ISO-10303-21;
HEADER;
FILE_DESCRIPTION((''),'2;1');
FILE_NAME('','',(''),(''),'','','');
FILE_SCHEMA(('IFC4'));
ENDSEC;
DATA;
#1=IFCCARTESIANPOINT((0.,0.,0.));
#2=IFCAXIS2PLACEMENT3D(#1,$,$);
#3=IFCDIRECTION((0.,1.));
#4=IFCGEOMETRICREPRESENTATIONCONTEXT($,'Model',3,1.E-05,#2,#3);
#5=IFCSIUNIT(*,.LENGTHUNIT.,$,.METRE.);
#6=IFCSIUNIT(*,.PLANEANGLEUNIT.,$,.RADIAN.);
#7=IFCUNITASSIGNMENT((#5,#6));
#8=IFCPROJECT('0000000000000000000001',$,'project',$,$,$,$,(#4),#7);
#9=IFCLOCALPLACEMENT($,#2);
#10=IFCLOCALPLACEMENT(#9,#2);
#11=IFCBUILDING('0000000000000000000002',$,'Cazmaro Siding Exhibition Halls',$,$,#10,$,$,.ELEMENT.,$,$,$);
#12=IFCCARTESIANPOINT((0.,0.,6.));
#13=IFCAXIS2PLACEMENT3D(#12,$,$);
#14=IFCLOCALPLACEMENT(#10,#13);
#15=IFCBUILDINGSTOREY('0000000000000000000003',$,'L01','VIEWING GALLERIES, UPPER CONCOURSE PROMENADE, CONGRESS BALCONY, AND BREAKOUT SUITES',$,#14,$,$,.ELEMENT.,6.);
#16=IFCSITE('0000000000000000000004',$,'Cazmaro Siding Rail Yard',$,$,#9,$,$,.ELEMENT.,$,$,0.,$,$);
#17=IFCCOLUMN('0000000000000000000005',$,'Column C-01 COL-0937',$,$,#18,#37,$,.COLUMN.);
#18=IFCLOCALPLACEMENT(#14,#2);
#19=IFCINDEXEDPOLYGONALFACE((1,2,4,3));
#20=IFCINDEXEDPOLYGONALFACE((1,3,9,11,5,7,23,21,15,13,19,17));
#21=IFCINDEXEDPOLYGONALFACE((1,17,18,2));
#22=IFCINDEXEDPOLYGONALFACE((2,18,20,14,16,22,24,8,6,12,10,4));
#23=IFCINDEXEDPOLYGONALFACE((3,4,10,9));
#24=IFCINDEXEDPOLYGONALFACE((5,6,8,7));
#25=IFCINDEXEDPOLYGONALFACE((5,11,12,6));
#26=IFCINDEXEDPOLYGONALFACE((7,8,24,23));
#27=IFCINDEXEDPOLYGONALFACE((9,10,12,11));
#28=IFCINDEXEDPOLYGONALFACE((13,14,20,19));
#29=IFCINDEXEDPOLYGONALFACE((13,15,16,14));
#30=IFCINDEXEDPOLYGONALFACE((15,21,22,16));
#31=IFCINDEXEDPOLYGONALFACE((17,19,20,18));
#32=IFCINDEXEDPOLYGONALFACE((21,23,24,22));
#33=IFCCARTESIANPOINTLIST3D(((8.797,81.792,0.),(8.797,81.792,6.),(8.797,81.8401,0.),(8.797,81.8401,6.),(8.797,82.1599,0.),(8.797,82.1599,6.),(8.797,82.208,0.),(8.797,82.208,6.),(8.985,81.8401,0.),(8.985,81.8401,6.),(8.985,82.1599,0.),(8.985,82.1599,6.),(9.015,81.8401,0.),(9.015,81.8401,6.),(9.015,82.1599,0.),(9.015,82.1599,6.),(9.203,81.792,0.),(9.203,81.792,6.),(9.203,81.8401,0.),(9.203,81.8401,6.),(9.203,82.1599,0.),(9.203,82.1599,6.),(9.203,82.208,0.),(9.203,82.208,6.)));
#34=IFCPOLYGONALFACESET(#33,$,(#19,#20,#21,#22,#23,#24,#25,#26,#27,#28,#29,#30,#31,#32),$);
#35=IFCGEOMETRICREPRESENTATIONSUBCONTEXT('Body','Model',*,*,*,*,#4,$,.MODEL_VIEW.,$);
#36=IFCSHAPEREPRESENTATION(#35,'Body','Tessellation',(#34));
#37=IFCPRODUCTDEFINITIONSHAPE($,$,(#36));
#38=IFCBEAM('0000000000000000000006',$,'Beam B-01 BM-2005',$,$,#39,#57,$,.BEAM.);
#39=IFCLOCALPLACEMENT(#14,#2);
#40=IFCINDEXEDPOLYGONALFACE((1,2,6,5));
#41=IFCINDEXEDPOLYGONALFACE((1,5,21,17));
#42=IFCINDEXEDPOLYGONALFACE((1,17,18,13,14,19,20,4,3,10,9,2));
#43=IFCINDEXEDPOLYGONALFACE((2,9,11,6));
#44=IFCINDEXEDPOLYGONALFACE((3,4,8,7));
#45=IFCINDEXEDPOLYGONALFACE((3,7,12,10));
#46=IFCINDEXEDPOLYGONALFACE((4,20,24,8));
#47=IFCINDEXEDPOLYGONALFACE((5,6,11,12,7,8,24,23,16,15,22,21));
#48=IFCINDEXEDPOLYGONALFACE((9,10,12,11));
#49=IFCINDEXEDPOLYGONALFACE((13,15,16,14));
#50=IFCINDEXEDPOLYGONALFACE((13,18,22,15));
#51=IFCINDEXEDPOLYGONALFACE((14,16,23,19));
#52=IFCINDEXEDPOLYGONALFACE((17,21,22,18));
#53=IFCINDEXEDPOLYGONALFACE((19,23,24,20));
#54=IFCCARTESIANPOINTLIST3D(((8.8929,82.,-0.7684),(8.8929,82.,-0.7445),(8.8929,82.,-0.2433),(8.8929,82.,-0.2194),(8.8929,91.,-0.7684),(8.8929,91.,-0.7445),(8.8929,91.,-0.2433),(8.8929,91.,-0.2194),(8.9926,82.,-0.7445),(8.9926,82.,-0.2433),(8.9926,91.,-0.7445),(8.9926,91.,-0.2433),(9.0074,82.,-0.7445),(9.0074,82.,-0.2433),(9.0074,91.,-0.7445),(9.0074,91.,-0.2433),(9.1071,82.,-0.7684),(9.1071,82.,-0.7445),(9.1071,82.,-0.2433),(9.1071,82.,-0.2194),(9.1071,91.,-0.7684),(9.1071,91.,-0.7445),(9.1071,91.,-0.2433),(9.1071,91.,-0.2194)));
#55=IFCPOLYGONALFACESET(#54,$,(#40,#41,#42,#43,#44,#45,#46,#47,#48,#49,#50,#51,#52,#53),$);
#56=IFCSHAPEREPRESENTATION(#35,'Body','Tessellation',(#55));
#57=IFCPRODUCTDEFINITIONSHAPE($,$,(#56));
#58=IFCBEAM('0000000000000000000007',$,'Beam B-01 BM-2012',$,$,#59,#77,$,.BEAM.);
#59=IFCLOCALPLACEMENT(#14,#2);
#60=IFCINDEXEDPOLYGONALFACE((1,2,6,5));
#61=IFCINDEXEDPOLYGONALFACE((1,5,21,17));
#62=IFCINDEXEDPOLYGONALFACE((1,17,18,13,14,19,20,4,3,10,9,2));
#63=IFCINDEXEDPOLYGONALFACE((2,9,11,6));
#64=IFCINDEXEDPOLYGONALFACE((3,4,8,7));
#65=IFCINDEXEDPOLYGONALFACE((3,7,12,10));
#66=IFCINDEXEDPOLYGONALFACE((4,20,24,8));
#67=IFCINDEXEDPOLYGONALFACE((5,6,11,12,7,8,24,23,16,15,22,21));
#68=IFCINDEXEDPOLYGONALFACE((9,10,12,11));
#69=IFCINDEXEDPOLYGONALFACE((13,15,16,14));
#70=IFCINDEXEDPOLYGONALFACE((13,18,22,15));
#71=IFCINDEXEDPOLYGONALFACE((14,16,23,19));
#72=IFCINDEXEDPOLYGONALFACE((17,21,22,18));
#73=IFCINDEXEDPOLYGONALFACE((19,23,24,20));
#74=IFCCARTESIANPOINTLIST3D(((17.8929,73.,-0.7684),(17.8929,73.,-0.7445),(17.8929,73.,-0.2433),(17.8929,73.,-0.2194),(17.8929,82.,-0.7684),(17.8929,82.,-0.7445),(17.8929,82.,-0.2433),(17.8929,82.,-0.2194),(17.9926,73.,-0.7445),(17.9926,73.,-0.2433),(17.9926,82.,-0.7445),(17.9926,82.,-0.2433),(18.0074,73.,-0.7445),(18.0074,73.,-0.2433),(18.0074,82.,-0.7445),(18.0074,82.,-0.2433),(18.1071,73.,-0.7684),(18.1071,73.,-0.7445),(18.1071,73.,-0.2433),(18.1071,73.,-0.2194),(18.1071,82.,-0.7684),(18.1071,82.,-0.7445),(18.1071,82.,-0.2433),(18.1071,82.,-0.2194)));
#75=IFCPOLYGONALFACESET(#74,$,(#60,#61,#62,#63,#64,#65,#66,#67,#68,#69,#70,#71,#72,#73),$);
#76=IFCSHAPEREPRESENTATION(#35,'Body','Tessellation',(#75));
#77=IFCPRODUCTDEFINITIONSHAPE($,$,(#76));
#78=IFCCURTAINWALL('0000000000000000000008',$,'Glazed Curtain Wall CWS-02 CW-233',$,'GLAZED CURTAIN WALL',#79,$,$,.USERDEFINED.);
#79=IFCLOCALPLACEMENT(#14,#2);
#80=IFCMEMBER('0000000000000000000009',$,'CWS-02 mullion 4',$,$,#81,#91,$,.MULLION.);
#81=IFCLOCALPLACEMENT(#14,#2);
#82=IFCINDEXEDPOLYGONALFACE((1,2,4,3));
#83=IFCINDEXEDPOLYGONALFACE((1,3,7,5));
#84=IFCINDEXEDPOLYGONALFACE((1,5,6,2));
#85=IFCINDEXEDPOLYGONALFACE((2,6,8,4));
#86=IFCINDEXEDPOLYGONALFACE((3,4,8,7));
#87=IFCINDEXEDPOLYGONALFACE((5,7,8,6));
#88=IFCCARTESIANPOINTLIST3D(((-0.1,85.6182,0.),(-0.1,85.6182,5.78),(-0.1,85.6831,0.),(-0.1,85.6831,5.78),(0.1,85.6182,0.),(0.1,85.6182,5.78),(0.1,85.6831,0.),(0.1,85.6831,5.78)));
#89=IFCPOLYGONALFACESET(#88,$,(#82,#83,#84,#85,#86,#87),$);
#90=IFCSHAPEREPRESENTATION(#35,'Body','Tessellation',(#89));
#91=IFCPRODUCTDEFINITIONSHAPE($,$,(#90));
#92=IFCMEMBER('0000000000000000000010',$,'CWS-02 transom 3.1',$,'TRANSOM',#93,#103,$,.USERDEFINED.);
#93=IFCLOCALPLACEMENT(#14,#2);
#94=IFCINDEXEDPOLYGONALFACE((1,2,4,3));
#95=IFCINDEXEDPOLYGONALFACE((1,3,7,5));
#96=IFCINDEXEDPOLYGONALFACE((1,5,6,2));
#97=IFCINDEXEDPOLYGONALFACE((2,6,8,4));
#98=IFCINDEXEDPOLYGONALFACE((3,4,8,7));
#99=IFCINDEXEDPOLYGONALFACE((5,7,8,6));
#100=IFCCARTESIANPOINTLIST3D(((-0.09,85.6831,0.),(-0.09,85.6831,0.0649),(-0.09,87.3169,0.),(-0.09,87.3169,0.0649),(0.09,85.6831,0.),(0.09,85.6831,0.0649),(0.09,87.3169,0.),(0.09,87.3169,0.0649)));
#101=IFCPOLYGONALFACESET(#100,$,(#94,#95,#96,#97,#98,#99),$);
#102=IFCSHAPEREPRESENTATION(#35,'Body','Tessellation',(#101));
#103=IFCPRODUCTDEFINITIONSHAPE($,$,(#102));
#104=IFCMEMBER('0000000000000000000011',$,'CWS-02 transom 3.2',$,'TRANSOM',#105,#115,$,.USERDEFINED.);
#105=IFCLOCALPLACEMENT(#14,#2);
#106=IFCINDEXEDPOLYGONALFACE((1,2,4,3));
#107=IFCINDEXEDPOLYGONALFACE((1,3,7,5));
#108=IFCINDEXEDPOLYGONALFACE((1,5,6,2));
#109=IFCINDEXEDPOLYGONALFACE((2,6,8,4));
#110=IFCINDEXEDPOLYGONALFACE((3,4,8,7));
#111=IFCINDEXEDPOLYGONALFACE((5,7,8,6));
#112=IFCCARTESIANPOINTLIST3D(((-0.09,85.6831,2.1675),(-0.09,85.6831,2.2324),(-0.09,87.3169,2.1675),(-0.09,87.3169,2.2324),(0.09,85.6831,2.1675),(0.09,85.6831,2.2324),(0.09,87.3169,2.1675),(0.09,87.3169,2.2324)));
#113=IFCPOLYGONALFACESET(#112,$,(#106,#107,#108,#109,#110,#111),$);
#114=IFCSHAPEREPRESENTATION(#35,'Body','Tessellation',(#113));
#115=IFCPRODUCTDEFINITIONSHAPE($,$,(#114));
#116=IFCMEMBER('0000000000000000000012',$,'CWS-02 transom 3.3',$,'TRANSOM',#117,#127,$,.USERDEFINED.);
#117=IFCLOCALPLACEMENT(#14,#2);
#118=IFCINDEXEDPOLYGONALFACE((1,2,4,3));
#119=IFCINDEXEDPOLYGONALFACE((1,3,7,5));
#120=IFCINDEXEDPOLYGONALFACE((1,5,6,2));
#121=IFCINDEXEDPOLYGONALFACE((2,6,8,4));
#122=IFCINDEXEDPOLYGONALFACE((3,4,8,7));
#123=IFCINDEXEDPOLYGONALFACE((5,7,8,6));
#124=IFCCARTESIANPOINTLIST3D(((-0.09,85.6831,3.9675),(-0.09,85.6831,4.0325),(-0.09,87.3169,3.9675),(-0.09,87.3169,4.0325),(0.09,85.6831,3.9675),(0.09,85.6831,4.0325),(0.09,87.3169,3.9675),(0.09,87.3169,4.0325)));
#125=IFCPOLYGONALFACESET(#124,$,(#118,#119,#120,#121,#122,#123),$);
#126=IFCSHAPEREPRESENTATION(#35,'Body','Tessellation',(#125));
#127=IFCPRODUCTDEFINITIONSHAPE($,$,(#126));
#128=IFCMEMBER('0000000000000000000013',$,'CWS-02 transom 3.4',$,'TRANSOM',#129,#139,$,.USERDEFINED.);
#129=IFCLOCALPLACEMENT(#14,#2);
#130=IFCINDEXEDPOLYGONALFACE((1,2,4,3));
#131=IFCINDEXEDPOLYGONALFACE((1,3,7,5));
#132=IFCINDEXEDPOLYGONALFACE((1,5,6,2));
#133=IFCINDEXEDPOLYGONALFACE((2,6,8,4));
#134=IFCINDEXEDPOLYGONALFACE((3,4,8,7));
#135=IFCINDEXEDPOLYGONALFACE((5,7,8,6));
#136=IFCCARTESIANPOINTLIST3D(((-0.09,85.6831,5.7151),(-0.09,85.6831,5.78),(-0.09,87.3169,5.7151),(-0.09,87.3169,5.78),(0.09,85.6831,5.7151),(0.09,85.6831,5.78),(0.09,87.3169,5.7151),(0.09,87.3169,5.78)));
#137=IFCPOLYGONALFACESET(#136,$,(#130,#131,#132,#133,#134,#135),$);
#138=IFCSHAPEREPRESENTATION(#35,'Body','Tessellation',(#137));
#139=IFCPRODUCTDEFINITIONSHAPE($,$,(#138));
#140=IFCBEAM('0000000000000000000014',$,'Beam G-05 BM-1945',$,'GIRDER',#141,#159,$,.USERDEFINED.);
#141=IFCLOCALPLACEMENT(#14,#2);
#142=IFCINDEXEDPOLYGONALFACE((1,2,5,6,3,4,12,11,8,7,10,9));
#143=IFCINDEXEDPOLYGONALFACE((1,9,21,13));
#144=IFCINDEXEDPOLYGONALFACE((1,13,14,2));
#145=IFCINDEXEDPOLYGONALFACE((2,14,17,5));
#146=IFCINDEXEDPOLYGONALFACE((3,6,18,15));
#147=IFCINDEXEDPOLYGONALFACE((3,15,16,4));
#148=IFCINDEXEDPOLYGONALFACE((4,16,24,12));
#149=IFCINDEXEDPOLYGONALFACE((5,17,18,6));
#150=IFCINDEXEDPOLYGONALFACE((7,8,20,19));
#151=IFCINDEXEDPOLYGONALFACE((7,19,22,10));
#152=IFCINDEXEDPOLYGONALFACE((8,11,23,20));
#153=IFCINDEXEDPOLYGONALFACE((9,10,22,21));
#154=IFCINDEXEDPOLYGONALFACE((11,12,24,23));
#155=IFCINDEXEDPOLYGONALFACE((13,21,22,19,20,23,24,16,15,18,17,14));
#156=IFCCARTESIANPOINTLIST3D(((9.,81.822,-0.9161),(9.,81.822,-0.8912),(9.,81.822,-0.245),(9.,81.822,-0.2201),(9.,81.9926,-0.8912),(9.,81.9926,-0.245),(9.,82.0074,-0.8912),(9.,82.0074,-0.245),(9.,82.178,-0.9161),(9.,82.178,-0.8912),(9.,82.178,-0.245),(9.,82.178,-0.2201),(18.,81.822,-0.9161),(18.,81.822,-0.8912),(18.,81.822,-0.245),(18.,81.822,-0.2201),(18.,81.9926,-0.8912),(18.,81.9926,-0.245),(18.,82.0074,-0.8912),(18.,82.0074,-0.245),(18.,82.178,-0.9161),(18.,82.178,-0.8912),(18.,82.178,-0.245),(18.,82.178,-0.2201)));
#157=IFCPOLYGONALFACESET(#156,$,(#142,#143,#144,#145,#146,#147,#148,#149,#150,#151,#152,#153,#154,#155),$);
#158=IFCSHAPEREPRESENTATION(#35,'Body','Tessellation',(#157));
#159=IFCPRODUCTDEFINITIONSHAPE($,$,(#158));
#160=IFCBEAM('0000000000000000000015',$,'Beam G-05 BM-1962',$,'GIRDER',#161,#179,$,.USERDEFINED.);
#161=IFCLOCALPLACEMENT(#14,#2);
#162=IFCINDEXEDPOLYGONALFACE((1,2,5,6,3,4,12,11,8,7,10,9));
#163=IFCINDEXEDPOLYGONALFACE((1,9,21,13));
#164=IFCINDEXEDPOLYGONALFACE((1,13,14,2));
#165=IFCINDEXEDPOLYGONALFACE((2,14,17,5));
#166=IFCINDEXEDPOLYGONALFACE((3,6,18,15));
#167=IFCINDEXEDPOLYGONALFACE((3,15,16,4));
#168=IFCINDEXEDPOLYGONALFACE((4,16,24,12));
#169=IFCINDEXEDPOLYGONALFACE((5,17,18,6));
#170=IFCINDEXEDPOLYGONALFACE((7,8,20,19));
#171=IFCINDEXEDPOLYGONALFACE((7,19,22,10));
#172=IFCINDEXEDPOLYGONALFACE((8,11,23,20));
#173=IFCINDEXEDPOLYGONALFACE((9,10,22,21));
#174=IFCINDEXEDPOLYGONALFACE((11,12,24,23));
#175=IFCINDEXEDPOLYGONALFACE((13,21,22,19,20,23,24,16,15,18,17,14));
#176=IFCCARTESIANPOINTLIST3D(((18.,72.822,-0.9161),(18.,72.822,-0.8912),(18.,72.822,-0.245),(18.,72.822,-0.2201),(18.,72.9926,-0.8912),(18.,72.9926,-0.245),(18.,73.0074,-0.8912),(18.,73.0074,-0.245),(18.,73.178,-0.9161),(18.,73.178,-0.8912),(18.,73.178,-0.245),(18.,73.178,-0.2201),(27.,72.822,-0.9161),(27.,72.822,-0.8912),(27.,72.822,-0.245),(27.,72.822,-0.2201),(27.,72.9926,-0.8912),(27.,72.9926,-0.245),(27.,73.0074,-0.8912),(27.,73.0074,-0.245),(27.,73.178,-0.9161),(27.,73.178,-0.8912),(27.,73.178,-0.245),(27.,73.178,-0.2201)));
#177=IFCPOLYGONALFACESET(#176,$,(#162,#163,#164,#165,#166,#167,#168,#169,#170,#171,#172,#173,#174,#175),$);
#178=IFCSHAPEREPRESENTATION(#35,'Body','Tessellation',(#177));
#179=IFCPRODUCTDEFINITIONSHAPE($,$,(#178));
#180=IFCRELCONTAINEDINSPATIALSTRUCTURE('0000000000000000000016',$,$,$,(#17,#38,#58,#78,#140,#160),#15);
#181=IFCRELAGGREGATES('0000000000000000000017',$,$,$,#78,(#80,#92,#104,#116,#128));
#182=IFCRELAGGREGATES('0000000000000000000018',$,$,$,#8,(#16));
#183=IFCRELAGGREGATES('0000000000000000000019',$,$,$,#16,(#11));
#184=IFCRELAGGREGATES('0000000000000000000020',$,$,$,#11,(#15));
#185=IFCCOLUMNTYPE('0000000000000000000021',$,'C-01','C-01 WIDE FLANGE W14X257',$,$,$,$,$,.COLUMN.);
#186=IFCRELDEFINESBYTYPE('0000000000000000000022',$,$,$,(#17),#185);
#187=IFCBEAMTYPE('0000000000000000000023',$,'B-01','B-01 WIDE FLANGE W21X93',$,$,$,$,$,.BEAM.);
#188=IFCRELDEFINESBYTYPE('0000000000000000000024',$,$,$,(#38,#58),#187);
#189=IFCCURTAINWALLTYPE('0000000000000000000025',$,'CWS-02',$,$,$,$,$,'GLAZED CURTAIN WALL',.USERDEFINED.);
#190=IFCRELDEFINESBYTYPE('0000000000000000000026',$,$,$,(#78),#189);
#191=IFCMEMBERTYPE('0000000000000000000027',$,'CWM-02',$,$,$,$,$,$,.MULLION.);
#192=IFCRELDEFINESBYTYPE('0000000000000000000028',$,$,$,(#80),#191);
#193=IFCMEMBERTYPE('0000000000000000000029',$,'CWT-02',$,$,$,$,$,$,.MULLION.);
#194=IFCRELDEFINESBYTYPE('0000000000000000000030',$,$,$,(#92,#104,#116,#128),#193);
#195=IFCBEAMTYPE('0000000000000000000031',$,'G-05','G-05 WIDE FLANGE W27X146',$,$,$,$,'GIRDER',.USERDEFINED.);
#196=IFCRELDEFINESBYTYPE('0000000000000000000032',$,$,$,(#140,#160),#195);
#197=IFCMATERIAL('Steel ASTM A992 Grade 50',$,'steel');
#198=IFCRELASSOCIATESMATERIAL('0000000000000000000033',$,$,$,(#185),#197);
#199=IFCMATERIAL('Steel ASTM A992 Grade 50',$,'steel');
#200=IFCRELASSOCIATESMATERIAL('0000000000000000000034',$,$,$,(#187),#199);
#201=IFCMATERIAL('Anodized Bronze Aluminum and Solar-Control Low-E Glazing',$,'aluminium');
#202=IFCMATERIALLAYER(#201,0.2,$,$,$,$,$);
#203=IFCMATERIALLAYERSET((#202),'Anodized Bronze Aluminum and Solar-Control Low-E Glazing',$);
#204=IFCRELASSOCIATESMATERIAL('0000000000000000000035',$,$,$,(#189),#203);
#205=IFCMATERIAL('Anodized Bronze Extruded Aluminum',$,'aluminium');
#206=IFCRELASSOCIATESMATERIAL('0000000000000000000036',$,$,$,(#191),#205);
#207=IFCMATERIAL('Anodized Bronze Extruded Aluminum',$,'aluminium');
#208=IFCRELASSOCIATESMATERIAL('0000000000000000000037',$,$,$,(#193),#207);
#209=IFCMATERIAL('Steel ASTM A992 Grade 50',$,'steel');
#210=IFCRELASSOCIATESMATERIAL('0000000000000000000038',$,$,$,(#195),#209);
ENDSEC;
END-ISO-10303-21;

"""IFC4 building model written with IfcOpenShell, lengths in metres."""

from ifc_helpers import new_model, si_unit, direction, frame, origin, origin_2d, place, context, subcontext, project, spatial, rectangle, i_section, extrude, material, layer, layer_set, material_profile, profile_set, type_object, element, aggregate, save


model = new_model("IFC4")

# Units and contexts
model_context = context("Model", 3, precision=1e-05, world=origin(), true_north=direction((0.0, 1.0)))
body_context = subcontext(model_context, "Body", "Model", "MODEL_VIEW")
ifc_project = project(units=[si_unit("LENGTHUNIT", "METRE"), si_unit("PLANEANGLEUNIT", "RADIAN")], contexts=[model_context])

# Site, building, storey
site_placement = place(None, origin())
site = spatial("IfcSite", under=ifc_project, at=site_placement, Name="Cazmaro Siding Rail Yard", CompositionType="ELEMENT", RefElevation=0.0)
building_placement = place(site_placement, origin())
building = spatial("IfcBuilding", under=site, at=building_placement, Name="Cazmaro Siding Exhibition Halls", CompositionType="ELEMENT")
storey_placement = place(building_placement, frame((0.0, 0.0, 6.0)))
storey = spatial("IfcBuildingStorey", under=building, at=storey_placement, Name="L01", Description="VIEWING GALLERIES, UPPER CONCOURSE PROMENADE, CONGRESS BALCONY, AND BREAKOUT SUITES", CompositionType="ELEMENT", Elevation=6.0)

# Column
ifc_material_1 = material(Name="Steel ASTM A992 Grade 50", Category="steel")
ifc_material_profile_1 = material_profile(ifc_material_1, i_section(OverallWidth=0.406, OverallDepth=0.416, WebThickness=0.03, FlangeThickness=0.0481, at=origin_2d()), Name="W14X257")
ifc_profile_set_1 = profile_set([ifc_material_profile_1], Name="Steel ASTM A992 Grade 50")
column_type = type_object("IfcColumnType", Name="C-01", Description="C-01 WIDE FLANGE W14X257", PredefinedType="COLUMN", material=ifc_profile_set_1)
column_placement = place(storey_placement, frame((9.0, 82.0, 0.0), z_axis=(0.0, 0.0, 1.0), x_axis=(1.0, 0.0, 0.0)))
element("IfcColumn", 1, at=column_placement, inside=storey, type_object=column_type, Name="Column C-01 COL-0937", PredefinedType="COLUMN", context=body_context, shape_type="SweptSolid", body=[
    extrude(i_section(OverallWidth=0.406, OverallDepth=0.416, WebThickness=0.03, FlangeThickness=0.0481, at=origin_2d()), origin(), (0.0, 0.0, 1.0), 6.0),
])

# Beams
ifc_material_2 = material(Name="Steel ASTM A992 Grade 50", Category="steel")
ifc_material_profile_2 = material_profile(ifc_material_2, i_section(OverallWidth=0.2141, OverallDepth=0.5491, WebThickness=0.0149, FlangeThickness=0.0239, at=origin_2d()), Name="W21X93")
ifc_profile_set_2 = profile_set([ifc_material_profile_2], Name="Steel ASTM A992 Grade 50")
beam_type_1 = type_object("IfcBeamType", Name="B-01", Description="B-01 WIDE FLANGE W21X93", PredefinedType="BEAM", material=ifc_profile_set_2)
for number, where, z_axis, x_axis, name in (
    (2, (9.0, 82.0, -0.4939), (0.0, 1.0, 0.0), (-1.0, 0.0, 0.0), "Beam B-01 BM-2005"),
    (3, (18.0, 73.0, -0.4939), (0.0, 1.0, 0.0), (-1.0, 0.0, 0.0), "Beam B-01 BM-2012"),
):
    element("IfcBeam", number, at=place(storey_placement, frame(where, z_axis=z_axis, x_axis=x_axis)), inside=storey, type_object=beam_type_1, Name=name, PredefinedType="BEAM", context=body_context, shape_type="SweptSolid", body=[
        extrude(i_section(OverallWidth=0.2141, OverallDepth=0.5491, WebThickness=0.0149, FlangeThickness=0.0239, at=origin_2d()), origin(), (0.0, 0.0, 1.0), 9.0),
    ])

# Curtain wall, members
ifc_material_3 = material(Name="Anodized Bronze Aluminum and Solar-Control Low-E Glazing", Category="aluminium")
ifc_layer_1 = layer(ifc_material_3, 0.2)
ifc_layer_set_1 = layer_set([ifc_layer_1], Name="Anodized Bronze Aluminum and Solar-Control Low-E Glazing")
curtain_wall_type = type_object("IfcCurtainWallType", Name="CWS-02", ElementType="GLAZED CURTAIN WALL", PredefinedType="USERDEFINED", material=ifc_layer_set_1)
curtain_wall_placement = place(storey_placement, origin())
curtain_wall = element("IfcCurtainWall", 4, at=curtain_wall_placement, inside=storey, type_object=curtain_wall_type, Name="Glazed Curtain Wall CWS-02 CW-233", ObjectType="GLAZED CURTAIN WALL", PredefinedType="USERDEFINED")
ifc_material_4 = material(Name="Anodized Bronze Extruded Aluminum", Category="aluminium")
ifc_material_profile_3 = material_profile(ifc_material_4, rectangle(XDim=0.2, YDim=0.0649, at=origin_2d()), Name="CWM-02")
ifc_profile_set_3 = profile_set([ifc_material_profile_3], Name="Anodized Bronze Extruded Aluminum")
member_type_1 = type_object("IfcMemberType", Name="CWM-02", PredefinedType="MULLION", material=ifc_profile_set_3)
member_1_placement = place(storey_placement, frame((0.0, 85.6506, 0.0), z_axis=(0.0, 0.0, 1.0), x_axis=(1.0, 0.0, 0.0)))
member_1 = element("IfcMember", 5, at=member_1_placement, type_object=member_type_1, Name="CWS-02 mullion 4", PredefinedType="MULLION", context=body_context, shape_type="SweptSolid", body=[
    extrude(rectangle(XDim=0.2, YDim=0.0649, at=origin_2d()), origin(), (0.0, 0.0, 1.0), 5.78),
])
ifc_material_5 = material(Name="Anodized Bronze Extruded Aluminum", Category="aluminium")
ifc_material_profile_4 = material_profile(ifc_material_5, rectangle(XDim=0.1799, YDim=0.0649, at=origin_2d()), Name="CWT-02")
ifc_profile_set_4 = profile_set([ifc_material_profile_4], Name="Anodized Bronze Extruded Aluminum")
member_type_2 = type_object("IfcMemberType", Name="CWT-02", PredefinedType="MULLION", material=ifc_profile_set_4)
member_2_placement = place(storey_placement, frame((0.0, 87.3169, 0.0325), z_axis=(0.0, -1.0, 0.0), x_axis=(1.0, 0.0, 0.0)))
member_2 = element("IfcMember", 6, at=member_2_placement, type_object=member_type_2, Name="CWS-02 transom 3.1", ObjectType="TRANSOM", PredefinedType="USERDEFINED", context=body_context, shape_type="SweptSolid", body=[
    extrude(rectangle(XDim=0.1799, YDim=0.0649, at=origin_2d()), origin(), (0.0, 0.0, 1.0), 1.6338),
])
member_3_placement = place(storey_placement, frame((0.0, 87.3169, 2.2), z_axis=(0.0, -1.0, 0.0), x_axis=(1.0, 0.0, 0.0)))
member_3 = element("IfcMember", 7, at=member_3_placement, type_object=member_type_2, Name="CWS-02 transom 3.2", ObjectType="TRANSOM", PredefinedType="USERDEFINED", context=body_context, shape_type="SweptSolid", body=[
    extrude(rectangle(XDim=0.1799, YDim=0.0649, at=origin_2d()), origin(), (0.0, 0.0, 1.0), 1.6338),
])
member_4_placement = place(storey_placement, frame((0.0, 87.3169, 4.0), z_axis=(0.0, -1.0, 0.0), x_axis=(1.0, 0.0, 0.0)))
member_4 = element("IfcMember", 8, at=member_4_placement, type_object=member_type_2, Name="CWS-02 transom 3.3", ObjectType="TRANSOM", PredefinedType="USERDEFINED", context=body_context, shape_type="SweptSolid", body=[
    extrude(rectangle(XDim=0.1799, YDim=0.0649, at=origin_2d()), origin(), (0.0, 0.0, 1.0), 1.6338),
])
member_5_placement = place(storey_placement, frame((0.0, 87.3169, 5.7476), z_axis=(0.0, -1.0, 0.0), x_axis=(1.0, 0.0, 0.0)))
member_5 = element("IfcMember", 9, at=member_5_placement, type_object=member_type_2, Name="CWS-02 transom 3.4", ObjectType="TRANSOM", PredefinedType="USERDEFINED", context=body_context, shape_type="SweptSolid", body=[
    extrude(rectangle(XDim=0.1799, YDim=0.0649, at=origin_2d()), origin(), (0.0, 0.0, 1.0), 1.6338),
])

# Beams
ifc_material_6 = material(Name="Steel ASTM A992 Grade 50", Category="steel")
ifc_material_profile_5 = material_profile(ifc_material_6, i_section(OverallWidth=0.356, OverallDepth=0.696, WebThickness=0.0149, FlangeThickness=0.0249, at=origin_2d()), Name="W27X146")
ifc_profile_set_5 = profile_set([ifc_material_profile_5], Name="Steel ASTM A992 Grade 50")
beam_type_2 = type_object("IfcBeamType", Name="G-05", Description="G-05 WIDE FLANGE W27X146", ElementType="GIRDER", PredefinedType="USERDEFINED", material=ifc_profile_set_5)
for number, where, z_axis, x_axis, name in (
    (10, (9.0, 82.0, -0.5681), (1.0, 0.0, 0.0), (0.0, 1.0, 0.0), "Beam G-05 BM-1945"),
    (11, (18.0, 73.0, -0.5681), (1.0, 0.0, 0.0), (0.0, 1.0, 0.0), "Beam G-05 BM-1962"),
):
    element("IfcBeam", number, at=place(storey_placement, frame(where, z_axis=z_axis, x_axis=x_axis)), inside=storey, type_object=beam_type_2, Name=name, ObjectType="GIRDER", PredefinedType="USERDEFINED", context=body_context, shape_type="SweptSolid", body=[
        extrude(i_section(OverallWidth=0.356, OverallDepth=0.696, WebThickness=0.0149, FlangeThickness=0.0249, at=origin_2d()), origin(), (0.0, 0.0, 1.0), 9.0),
    ])

aggregate(curtain_wall, [member_1, member_2, member_3, member_4, member_5])

save(model, "model.ifc")
